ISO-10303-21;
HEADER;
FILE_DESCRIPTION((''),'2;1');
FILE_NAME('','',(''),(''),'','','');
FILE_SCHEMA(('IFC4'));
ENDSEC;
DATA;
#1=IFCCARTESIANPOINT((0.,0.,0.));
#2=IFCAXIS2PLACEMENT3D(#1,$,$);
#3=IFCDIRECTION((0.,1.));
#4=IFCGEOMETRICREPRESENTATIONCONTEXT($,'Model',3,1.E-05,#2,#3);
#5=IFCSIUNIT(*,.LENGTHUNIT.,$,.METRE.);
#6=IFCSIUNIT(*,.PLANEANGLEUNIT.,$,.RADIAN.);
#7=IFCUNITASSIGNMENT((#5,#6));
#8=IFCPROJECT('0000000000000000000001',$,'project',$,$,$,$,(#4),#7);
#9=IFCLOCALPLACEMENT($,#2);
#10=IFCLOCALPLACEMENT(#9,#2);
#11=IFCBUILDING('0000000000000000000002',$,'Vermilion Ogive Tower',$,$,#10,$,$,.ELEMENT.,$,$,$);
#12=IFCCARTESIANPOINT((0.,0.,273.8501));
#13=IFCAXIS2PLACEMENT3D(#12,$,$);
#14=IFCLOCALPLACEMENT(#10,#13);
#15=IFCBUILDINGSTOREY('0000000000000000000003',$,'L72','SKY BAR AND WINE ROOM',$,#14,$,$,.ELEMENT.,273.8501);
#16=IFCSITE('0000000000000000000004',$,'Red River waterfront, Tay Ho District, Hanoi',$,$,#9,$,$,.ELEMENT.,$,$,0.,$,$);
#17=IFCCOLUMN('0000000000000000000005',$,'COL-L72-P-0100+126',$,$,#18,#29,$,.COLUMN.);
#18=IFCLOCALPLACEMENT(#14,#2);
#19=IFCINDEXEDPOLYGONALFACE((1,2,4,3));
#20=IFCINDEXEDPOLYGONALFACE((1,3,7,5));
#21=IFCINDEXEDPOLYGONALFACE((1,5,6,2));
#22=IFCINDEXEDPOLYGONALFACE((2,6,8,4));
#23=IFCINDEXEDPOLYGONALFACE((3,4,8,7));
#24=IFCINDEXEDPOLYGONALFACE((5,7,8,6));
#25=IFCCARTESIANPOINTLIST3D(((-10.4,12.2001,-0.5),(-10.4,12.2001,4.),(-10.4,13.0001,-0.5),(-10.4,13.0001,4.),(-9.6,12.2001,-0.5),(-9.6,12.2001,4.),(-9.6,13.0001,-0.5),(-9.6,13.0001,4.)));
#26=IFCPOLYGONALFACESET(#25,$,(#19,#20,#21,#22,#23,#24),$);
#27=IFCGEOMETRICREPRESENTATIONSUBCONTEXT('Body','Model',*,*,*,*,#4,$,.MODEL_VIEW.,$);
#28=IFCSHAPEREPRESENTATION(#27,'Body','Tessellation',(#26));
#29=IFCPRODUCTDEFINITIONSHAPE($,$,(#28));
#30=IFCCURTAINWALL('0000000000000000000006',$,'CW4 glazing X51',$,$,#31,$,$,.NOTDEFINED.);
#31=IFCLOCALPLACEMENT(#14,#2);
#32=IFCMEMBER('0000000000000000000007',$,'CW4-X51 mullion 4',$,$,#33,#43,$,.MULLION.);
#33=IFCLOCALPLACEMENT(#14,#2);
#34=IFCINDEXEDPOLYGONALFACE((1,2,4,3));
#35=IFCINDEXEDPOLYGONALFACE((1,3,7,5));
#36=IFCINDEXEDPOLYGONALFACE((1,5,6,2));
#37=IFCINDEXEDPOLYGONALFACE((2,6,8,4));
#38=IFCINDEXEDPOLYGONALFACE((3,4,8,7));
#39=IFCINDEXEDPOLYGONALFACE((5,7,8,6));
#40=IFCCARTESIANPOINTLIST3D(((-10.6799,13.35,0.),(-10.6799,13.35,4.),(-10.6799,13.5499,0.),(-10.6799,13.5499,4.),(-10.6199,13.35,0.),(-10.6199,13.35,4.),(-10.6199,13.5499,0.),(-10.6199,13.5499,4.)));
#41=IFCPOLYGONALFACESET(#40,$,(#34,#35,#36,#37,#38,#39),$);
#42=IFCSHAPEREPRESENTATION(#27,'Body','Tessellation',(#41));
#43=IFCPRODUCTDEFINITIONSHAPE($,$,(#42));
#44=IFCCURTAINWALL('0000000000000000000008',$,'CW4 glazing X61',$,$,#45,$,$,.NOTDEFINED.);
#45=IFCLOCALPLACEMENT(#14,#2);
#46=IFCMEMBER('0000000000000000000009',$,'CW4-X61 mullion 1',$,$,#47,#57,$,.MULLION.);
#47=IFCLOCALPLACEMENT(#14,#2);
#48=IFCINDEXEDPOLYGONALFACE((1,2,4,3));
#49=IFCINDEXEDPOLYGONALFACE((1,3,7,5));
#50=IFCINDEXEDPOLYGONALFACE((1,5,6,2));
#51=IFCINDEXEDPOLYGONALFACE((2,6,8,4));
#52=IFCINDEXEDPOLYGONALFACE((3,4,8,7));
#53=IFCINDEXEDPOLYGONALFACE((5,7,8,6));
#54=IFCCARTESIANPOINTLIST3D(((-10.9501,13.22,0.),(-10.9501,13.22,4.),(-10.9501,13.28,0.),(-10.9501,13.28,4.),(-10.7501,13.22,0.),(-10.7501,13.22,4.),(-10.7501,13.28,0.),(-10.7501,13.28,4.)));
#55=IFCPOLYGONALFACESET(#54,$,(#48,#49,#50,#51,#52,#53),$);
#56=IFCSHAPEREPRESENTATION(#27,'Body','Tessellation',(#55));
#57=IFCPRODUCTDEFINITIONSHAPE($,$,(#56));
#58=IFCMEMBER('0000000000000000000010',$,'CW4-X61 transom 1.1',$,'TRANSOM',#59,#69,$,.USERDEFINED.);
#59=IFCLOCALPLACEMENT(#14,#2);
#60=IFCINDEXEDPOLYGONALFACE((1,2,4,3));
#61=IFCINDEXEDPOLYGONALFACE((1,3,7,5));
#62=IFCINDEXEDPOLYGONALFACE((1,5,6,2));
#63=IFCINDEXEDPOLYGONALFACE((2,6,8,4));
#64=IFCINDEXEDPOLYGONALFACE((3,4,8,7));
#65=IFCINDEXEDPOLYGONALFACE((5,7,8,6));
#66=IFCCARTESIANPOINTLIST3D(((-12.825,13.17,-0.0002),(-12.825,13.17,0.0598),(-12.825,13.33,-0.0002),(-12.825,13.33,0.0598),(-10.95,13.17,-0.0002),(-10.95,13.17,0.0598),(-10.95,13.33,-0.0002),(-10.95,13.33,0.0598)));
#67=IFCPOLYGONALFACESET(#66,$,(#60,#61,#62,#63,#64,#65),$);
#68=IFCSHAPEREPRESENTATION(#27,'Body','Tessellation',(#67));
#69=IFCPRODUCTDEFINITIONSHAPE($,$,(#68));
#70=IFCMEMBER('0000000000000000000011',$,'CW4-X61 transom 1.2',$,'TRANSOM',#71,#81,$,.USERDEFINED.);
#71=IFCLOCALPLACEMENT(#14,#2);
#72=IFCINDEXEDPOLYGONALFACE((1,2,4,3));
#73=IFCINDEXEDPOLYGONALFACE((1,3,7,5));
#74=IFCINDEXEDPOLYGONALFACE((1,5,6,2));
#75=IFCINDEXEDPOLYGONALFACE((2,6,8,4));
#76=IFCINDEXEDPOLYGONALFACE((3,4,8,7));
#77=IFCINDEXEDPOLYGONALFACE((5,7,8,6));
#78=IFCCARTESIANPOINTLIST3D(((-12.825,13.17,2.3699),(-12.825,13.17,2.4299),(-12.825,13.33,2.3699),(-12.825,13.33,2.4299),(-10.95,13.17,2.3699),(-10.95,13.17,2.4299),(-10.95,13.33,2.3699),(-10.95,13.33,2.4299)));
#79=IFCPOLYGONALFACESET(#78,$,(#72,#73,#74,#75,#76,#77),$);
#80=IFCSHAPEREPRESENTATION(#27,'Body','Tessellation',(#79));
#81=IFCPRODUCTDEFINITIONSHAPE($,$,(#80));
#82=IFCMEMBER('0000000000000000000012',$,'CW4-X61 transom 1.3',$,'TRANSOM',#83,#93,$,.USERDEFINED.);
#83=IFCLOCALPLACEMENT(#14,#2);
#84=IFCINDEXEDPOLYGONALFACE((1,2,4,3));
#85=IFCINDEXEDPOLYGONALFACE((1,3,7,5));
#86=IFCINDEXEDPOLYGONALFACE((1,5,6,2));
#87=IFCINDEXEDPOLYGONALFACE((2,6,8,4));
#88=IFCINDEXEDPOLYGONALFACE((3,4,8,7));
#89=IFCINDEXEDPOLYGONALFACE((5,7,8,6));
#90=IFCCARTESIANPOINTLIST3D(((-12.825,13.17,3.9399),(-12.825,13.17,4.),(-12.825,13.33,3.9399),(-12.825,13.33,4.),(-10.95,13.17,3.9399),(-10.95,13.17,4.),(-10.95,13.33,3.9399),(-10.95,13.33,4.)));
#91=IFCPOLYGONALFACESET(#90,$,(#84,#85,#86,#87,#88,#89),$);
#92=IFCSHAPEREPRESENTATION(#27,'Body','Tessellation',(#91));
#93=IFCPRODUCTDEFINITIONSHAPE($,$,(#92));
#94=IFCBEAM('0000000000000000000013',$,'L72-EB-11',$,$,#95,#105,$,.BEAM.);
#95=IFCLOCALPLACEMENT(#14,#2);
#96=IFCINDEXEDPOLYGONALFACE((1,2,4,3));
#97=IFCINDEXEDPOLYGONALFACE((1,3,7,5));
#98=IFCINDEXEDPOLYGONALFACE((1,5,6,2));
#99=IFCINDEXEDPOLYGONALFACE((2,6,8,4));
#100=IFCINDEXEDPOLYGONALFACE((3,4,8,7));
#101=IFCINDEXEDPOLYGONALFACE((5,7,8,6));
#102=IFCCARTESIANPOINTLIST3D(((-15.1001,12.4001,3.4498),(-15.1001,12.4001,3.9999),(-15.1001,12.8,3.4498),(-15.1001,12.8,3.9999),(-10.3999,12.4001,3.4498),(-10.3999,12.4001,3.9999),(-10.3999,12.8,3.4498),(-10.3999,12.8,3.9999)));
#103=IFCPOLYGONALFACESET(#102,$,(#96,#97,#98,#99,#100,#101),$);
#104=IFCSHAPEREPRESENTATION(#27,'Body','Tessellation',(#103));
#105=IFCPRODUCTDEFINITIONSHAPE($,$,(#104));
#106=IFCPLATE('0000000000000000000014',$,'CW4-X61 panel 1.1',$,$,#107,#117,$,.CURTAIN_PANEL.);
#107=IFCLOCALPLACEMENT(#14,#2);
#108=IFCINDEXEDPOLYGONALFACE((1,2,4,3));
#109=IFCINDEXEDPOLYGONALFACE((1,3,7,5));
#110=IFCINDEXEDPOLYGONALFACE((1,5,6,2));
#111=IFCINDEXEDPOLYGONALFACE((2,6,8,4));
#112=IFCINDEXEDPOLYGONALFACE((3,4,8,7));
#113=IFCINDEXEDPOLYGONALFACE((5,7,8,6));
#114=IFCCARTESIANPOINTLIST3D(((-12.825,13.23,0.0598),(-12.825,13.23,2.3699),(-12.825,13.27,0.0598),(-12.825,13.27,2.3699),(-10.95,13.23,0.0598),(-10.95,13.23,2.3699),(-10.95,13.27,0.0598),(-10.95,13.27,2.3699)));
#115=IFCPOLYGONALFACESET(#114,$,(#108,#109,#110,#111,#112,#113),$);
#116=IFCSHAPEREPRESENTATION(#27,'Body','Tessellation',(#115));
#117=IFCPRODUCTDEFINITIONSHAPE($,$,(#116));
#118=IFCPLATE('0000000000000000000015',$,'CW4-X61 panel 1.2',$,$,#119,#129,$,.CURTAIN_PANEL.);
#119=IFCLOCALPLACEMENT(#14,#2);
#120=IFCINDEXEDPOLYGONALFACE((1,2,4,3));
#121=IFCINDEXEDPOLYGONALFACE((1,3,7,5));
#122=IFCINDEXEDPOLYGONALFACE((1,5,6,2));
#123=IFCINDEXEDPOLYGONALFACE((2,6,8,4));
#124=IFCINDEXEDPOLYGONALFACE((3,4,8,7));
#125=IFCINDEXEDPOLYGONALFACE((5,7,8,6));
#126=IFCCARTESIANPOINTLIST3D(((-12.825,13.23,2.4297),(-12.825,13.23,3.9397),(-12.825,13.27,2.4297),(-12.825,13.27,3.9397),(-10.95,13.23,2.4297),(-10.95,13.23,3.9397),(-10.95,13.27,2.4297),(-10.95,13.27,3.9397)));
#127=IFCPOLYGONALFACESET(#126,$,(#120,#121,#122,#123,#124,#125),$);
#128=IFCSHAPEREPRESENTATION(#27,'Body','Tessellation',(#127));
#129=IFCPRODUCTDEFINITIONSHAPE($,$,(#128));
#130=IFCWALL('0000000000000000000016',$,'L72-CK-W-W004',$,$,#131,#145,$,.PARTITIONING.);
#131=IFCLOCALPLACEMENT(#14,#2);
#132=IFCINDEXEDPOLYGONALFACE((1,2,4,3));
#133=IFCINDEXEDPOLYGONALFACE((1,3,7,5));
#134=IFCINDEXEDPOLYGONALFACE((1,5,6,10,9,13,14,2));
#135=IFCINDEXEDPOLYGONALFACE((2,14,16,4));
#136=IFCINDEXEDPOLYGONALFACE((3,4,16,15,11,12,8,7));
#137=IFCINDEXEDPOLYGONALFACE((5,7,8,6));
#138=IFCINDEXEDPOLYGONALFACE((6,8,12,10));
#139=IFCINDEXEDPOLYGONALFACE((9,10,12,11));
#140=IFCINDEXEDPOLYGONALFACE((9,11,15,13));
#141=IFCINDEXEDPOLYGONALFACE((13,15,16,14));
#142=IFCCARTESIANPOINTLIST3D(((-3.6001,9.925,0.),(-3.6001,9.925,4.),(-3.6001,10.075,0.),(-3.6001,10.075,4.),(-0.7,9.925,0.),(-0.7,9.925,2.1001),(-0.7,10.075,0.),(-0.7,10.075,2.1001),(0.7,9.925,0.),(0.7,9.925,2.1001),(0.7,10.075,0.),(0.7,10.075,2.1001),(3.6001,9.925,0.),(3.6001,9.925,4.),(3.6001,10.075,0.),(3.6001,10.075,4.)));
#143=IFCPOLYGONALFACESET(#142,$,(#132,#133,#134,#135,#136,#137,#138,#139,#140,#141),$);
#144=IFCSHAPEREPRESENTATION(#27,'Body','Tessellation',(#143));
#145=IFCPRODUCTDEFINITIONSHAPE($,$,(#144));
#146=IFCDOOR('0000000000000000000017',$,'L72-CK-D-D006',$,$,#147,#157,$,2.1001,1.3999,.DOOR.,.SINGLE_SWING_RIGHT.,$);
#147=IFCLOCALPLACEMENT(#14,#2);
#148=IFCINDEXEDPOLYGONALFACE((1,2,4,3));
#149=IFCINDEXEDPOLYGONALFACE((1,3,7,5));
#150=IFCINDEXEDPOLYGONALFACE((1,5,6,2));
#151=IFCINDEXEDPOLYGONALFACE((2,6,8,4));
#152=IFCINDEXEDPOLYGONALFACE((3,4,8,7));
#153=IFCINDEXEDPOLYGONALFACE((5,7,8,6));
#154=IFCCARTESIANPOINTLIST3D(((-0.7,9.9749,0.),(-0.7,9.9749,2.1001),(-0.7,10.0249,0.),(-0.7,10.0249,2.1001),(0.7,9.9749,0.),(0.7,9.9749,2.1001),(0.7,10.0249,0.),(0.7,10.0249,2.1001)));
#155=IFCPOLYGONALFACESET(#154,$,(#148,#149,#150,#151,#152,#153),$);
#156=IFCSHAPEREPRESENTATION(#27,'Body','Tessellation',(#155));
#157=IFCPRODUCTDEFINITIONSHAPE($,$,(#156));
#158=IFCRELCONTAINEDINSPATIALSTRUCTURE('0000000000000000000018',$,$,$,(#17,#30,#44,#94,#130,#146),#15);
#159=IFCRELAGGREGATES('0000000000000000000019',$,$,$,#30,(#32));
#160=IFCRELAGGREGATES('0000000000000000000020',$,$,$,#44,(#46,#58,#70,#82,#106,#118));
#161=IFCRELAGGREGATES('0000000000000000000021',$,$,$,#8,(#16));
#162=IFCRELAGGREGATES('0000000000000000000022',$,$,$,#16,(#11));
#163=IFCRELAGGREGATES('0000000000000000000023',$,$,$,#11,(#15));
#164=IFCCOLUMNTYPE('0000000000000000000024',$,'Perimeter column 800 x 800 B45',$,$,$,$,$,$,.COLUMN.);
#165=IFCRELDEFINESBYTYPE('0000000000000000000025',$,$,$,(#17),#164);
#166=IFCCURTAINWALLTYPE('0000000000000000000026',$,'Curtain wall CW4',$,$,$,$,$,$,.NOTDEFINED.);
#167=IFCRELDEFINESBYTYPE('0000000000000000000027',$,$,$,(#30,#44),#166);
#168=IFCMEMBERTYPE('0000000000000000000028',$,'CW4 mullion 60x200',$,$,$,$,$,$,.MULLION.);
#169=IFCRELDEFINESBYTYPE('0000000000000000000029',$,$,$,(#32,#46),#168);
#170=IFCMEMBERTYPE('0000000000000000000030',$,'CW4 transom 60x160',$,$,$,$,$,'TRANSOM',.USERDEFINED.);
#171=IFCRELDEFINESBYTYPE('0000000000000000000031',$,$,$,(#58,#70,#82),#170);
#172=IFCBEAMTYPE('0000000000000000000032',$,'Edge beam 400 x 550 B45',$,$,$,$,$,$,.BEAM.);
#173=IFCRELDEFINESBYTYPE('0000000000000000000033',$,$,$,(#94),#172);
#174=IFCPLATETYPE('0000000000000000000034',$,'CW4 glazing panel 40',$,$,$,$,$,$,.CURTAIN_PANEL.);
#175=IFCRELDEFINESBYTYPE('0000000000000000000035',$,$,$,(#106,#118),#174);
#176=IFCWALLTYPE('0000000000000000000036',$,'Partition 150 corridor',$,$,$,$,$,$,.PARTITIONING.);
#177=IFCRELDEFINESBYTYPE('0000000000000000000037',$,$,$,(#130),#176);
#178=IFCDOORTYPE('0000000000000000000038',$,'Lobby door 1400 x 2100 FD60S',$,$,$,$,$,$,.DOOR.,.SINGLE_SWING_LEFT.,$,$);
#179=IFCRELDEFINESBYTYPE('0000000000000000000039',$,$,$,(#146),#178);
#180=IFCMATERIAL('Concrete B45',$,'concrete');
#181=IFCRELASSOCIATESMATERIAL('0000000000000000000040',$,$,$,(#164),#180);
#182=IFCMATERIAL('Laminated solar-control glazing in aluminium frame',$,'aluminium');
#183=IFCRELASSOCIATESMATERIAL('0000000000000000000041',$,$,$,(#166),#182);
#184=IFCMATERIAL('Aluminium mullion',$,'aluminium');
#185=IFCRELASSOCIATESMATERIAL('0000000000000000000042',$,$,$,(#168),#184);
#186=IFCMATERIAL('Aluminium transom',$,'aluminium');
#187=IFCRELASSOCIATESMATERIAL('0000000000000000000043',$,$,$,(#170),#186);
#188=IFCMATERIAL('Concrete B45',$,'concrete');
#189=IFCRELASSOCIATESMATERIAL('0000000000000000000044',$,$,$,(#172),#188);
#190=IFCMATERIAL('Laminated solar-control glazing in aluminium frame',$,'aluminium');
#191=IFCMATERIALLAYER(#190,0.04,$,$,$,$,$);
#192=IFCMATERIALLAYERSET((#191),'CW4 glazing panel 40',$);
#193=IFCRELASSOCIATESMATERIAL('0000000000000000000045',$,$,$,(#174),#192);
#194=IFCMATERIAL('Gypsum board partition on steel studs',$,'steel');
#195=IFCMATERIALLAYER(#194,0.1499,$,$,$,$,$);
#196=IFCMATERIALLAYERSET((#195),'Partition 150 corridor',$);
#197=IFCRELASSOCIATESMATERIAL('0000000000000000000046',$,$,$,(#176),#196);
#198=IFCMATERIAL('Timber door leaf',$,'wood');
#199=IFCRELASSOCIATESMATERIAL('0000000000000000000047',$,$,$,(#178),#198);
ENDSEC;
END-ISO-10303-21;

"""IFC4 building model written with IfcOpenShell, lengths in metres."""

from ifc_helpers import new_model, si_unit, direction, frame, frame_2d, origin, origin_2d, place, context, subcontext, project, spatial, rectangle, extrude, material, layer, layer_set, material_profile, profile_set, type_object, element, fill, aggregate, save


model = new_model("IFC4")

# Units and contexts
model_context = context("Model", 3, precision=1e-05, world=origin(), true_north=direction((0.0, 1.0)))
body_context = subcontext(model_context, "Body", "Model", "MODEL_VIEW")
ifc_project = project(units=[si_unit("LENGTHUNIT", "METRE"), si_unit("PLANEANGLEUNIT", "RADIAN")], contexts=[model_context])

# Site, building, storey
site_placement = place(None, origin())
site = spatial("IfcSite", under=ifc_project, at=site_placement, Name="Red River waterfront, Tay Ho District, Hanoi", CompositionType="ELEMENT", RefElevation=0.0)
building_placement = place(site_placement, origin())
building = spatial("IfcBuilding", under=site, at=building_placement, Name="Vermilion Ogive Tower", CompositionType="ELEMENT")
storey_placement = place(building_placement, frame((0.0, 0.0, 273.8501)))
storey = spatial("IfcBuildingStorey", under=building, at=storey_placement, Name="L72", Description="SKY BAR AND WINE ROOM", CompositionType="ELEMENT", Elevation=273.8501)

# Column
ifc_material_1 = material(Name="Concrete B45", Category="concrete")
ifc_material_profile_1 = material_profile(ifc_material_1, rectangle(XDim=0.8, YDim=0.8, at=origin_2d()), Name="800 x 800")
ifc_profile_set_1 = profile_set([ifc_material_profile_1], Name="Concrete B45")
column_type = type_object("IfcColumnType", Name="Perimeter column 800 x 800 B45", PredefinedType="COLUMN", material=ifc_profile_set_1)
column_placement = place(storey_placement, frame((-10.0, 12.6001, -0.5), z_axis=(0.0, 0.0, 1.0), x_axis=(1.0, 0.0, 0.0)))
element("IfcColumn", 1, at=column_placement, inside=storey, type_object=column_type, Name="COL-L72-P-0100+126", PredefinedType="COLUMN", context=body_context, shape_type="SweptSolid", body=[
    extrude(rectangle(XDim=0.8, YDim=0.8, at=origin_2d()), origin(), (0.0, 0.0, 1.0), 4.5),
])

# Curtain wall, member
ifc_material_2 = material(Name="Laminated solar-control glazing in aluminium frame", Category="aluminium")
curtain_wall_type = type_object("IfcCurtainWallType", Name="Curtain wall CW4", PredefinedType="NOTDEFINED", material=ifc_material_2)
curtain_wall_1_placement = place(storey_placement, origin())
curtain_wall_1 = element("IfcCurtainWall", 2, at=curtain_wall_1_placement, inside=storey, type_object=curtain_wall_type, Name="CW4 glazing X51", PredefinedType="NOTDEFINED")
ifc_material_3 = material(Name="Aluminium mullion", Category="aluminium")
ifc_material_profile_2 = material_profile(ifc_material_3, rectangle(XDim=0.0601, YDim=0.2, at=origin_2d()), Name="AL 60x200")
ifc_profile_set_2 = profile_set([ifc_material_profile_2], Name="Aluminium mullion")
member_type_1 = type_object("IfcMemberType", Name="CW4 mullion 60x200", PredefinedType="MULLION", material=ifc_profile_set_2)
member_1_placement = place(storey_placement, frame((-10.6499, 13.45, 0.0), z_axis=(0.0, 0.0, 1.0), x_axis=(1.0, 0.0, 0.0)))
member_1 = element("IfcMember", 3, at=member_1_placement, type_object=member_type_1, Name="CW4-X51 mullion 4", PredefinedType="MULLION", context=body_context, shape_type="SweptSolid", body=[
    extrude(rectangle(XDim=0.0601, YDim=0.2, at=origin_2d()), origin(), (0.0, 0.0, 1.0), 4.0),
])
aggregate(curtain_wall_1, [member_1])

# Curtain wall, members
curtain_wall_2_placement = place(storey_placement, origin())
curtain_wall_2 = element("IfcCurtainWall", 4, at=curtain_wall_2_placement, inside=storey, type_object=curtain_wall_type, Name="CW4 glazing X61", PredefinedType="NOTDEFINED")
member_2_placement = place(storey_placement, frame((-10.8501, 13.25, 0.0), z_axis=(0.0, 0.0, 1.0), x_axis=(0.0, -1.0, 0.0)))
member_2 = element("IfcMember", 5, at=member_2_placement, type_object=member_type_1, Name="CW4-X61 mullion 1", PredefinedType="MULLION", context=body_context, shape_type="SweptSolid", body=[
    extrude(rectangle(XDim=0.0601, YDim=0.2, at=origin_2d()), origin(), (0.0, 0.0, 1.0), 4.0),
])
ifc_material_4 = material(Name="Aluminium transom", Category="aluminium")
ifc_material_profile_3 = material_profile(ifc_material_4, rectangle(XDim=0.1599, YDim=0.0601, at=origin_2d()), Name="AL 60x160")
ifc_profile_set_3 = profile_set([ifc_material_profile_3], Name="Aluminium transom")
member_type_2 = type_object("IfcMemberType", Name="CW4 transom 60x160", ElementType="TRANSOM", PredefinedType="USERDEFINED", material=ifc_profile_set_3)
member_3_placement = place(storey_placement, frame((-10.95, 13.25, 0.0298), z_axis=(-1.0, 0.0, 0.0), x_axis=(0.0, -1.0, 0.0)))
member_3 = element("IfcMember", 6, at=member_3_placement, type_object=member_type_2, Name="CW4-X61 transom 1.1", ObjectType="TRANSOM", PredefinedType="USERDEFINED", context=body_context, shape_type="SweptSolid", body=[
    extrude(rectangle(XDim=0.1599, YDim=0.0601, at=origin_2d()), origin(), (0.0, 0.0, 1.0), 1.875),
])
member_4_placement = place(storey_placement, frame((-10.95, 13.25, 2.3999), z_axis=(-1.0, 0.0, 0.0), x_axis=(0.0, -1.0, 0.0)))
member_4 = element("IfcMember", 7, at=member_4_placement, type_object=member_type_2, Name="CW4-X61 transom 1.2", ObjectType="TRANSOM", PredefinedType="USERDEFINED", context=body_context, shape_type="SweptSolid", body=[
    extrude(rectangle(XDim=0.1599, YDim=0.0601, at=origin_2d()), origin(), (0.0, 0.0, 1.0), 1.875),
])
member_5_placement = place(storey_placement, frame((-10.95, 13.25, 3.97), z_axis=(-1.0, 0.0, 0.0), x_axis=(0.0, -1.0, 0.0)))
member_5 = element("IfcMember", 8, at=member_5_placement, type_object=member_type_2, Name="CW4-X61 transom 1.3", ObjectType="TRANSOM", PredefinedType="USERDEFINED", context=body_context, shape_type="SweptSolid", body=[
    extrude(rectangle(XDim=0.1599, YDim=0.0601, at=origin_2d()), origin(), (0.0, 0.0, 1.0), 1.875),
])

# Beam
ifc_material_5 = material(Name="Concrete B45", Category="concrete")
ifc_material_profile_4 = material_profile(ifc_material_5, rectangle(XDim=0.3999, YDim=0.55, at=origin_2d()), Name="400 x 550")
ifc_profile_set_4 = profile_set([ifc_material_profile_4], Name="Concrete B45")
beam_type = type_object("IfcBeamType", Name="Edge beam 400 x 550 B45", PredefinedType="BEAM", material=ifc_profile_set_4)
beam_placement = place(storey_placement, frame((-10.3999, 12.6001, 3.7249), z_axis=(-1.0, 0.0, 0.0), x_axis=(0.0, -1.0, 0.0)))
element("IfcBeam", 9, at=beam_placement, inside=storey, type_object=beam_type, Name="L72-EB-11", PredefinedType="BEAM", context=body_context, shape_type="SweptSolid", body=[
    extrude(rectangle(XDim=0.3999, YDim=0.55, at=origin_2d()), origin(), (0.0, 0.0, 1.0), 4.7002),
])

# Plates
ifc_material_6 = material(Name="Laminated solar-control glazing in aluminium frame", Category="aluminium")
ifc_layer_1 = layer(ifc_material_6, 0.04)
ifc_layer_set_1 = layer_set([ifc_layer_1], Name="CW4 glazing panel 40")
plate_type = type_object("IfcPlateType", Name="CW4 glazing panel 40", PredefinedType="CURTAIN_PANEL", material=ifc_layer_set_1)
plate_1_placement = place(storey_placement, frame((-11.8875, 13.25, 0.0598), z_axis=(0.0, 0.0, 1.0), x_axis=(-1.0, 0.0, 0.0)))
plate_1 = element("IfcPlate", 10, at=plate_1_placement, type_object=plate_type, Name="CW4-X61 panel 1.1", PredefinedType="CURTAIN_PANEL", context=body_context, shape_type="SweptSolid", body=[
    extrude(rectangle(XDim=1.875, YDim=0.04, at=origin_2d()), origin(), (0.0, 0.0, 1.0), 2.3101),
])
plate_2_placement = place(storey_placement, frame((-11.8875, 13.25, 2.4297), z_axis=(0.0, 0.0, 1.0), x_axis=(-1.0, 0.0, 0.0)))
plate_2 = element("IfcPlate", 11, at=plate_2_placement, type_object=plate_type, Name="CW4-X61 panel 1.2", PredefinedType="CURTAIN_PANEL", context=body_context, shape_type="SweptSolid", body=[
    extrude(rectangle(XDim=1.875, YDim=0.04, at=origin_2d()), origin(), (0.0, 0.0, 1.0), 1.51),
])
aggregate(curtain_wall_2, [member_2, member_3, member_4, member_5, plate_1, plate_2])

# Wall, opening, door
ifc_material_7 = material(Name="Gypsum board partition on steel studs", Category="steel")
ifc_layer_2 = layer(ifc_material_7, 0.1499)
ifc_layer_set_2 = layer_set([ifc_layer_2], Name="Partition 150 corridor")
wall_type_1 = type_object("IfcWallType", Name="Partition 150 corridor", PredefinedType="PARTITIONING", material=ifc_layer_set_2)
wall_1_placement = place(storey_placement, frame((-3.6001, 10.0, 0.0), z_axis=(0.0, 0.0, 1.0), x_axis=(1.0, 0.0, 0.0)))
wall_1 = element("IfcWall", 12, at=wall_1_placement, inside=storey, type_object=wall_type_1, Name="L72-CK-W-W004", PredefinedType="PARTITIONING", context=body_context, shape_type="SweptSolid", body=[
    extrude(rectangle(XDim=7.2002, YDim=0.1499, at=frame_2d((3.6001, 0.0))), origin(), (0.0, 0.0, 1.0), 4.0),
])
opening_1_placement = place(wall_1_placement, frame((2.9001, 0.0, 0.0)))
opening_1 = element("IfcOpeningElement", 13, at=opening_1_placement, cuts=wall_1, PredefinedType="OPENING", context=body_context, shape_type="SweptSolid", body=[
    extrude(rectangle(XDim=1.3999, YDim=2.1001, at=frame_2d((0.7, 1.05))), frame((0.0, 0.085, 0.0), z_axis=(0.0, -1.0, 0.0), x_axis=(1.0, 0.0, 0.0)), (0.0, 0.0, 1.0), 0.1699),
])
ifc_material_8 = material(Name="Timber door leaf", Category="wood")
door_type_1 = type_object("IfcDoorType", Name="Lobby door 1400 x 2100 FD60S", OperationType="SINGLE_SWING_LEFT", PredefinedType="DOOR", material=ifc_material_8)
door_1_placement = place(opening_1_placement, origin())
door_1 = element("IfcDoor", 14, at=door_1_placement, inside=storey, type_object=door_type_1, Name="L72-CK-D-D006", OperationType="SINGLE_SWING_RIGHT", OverallHeight=2.1001, OverallWidth=1.3999, PredefinedType="DOOR", context=body_context, shape_type="SweptSolid", body=[
    extrude(rectangle(XDim=1.3999, YDim=2.1001, at=frame_2d((0.7, 1.05))), frame((0.0, 0.0249, 0.0), z_axis=(0.0, -1.0, 0.0), x_axis=(1.0, 0.0, 0.0)), (0.0, 0.0, 1.0), 0.05),
])
fill(opening_1, door_1)

save(model, "model.ifc")
